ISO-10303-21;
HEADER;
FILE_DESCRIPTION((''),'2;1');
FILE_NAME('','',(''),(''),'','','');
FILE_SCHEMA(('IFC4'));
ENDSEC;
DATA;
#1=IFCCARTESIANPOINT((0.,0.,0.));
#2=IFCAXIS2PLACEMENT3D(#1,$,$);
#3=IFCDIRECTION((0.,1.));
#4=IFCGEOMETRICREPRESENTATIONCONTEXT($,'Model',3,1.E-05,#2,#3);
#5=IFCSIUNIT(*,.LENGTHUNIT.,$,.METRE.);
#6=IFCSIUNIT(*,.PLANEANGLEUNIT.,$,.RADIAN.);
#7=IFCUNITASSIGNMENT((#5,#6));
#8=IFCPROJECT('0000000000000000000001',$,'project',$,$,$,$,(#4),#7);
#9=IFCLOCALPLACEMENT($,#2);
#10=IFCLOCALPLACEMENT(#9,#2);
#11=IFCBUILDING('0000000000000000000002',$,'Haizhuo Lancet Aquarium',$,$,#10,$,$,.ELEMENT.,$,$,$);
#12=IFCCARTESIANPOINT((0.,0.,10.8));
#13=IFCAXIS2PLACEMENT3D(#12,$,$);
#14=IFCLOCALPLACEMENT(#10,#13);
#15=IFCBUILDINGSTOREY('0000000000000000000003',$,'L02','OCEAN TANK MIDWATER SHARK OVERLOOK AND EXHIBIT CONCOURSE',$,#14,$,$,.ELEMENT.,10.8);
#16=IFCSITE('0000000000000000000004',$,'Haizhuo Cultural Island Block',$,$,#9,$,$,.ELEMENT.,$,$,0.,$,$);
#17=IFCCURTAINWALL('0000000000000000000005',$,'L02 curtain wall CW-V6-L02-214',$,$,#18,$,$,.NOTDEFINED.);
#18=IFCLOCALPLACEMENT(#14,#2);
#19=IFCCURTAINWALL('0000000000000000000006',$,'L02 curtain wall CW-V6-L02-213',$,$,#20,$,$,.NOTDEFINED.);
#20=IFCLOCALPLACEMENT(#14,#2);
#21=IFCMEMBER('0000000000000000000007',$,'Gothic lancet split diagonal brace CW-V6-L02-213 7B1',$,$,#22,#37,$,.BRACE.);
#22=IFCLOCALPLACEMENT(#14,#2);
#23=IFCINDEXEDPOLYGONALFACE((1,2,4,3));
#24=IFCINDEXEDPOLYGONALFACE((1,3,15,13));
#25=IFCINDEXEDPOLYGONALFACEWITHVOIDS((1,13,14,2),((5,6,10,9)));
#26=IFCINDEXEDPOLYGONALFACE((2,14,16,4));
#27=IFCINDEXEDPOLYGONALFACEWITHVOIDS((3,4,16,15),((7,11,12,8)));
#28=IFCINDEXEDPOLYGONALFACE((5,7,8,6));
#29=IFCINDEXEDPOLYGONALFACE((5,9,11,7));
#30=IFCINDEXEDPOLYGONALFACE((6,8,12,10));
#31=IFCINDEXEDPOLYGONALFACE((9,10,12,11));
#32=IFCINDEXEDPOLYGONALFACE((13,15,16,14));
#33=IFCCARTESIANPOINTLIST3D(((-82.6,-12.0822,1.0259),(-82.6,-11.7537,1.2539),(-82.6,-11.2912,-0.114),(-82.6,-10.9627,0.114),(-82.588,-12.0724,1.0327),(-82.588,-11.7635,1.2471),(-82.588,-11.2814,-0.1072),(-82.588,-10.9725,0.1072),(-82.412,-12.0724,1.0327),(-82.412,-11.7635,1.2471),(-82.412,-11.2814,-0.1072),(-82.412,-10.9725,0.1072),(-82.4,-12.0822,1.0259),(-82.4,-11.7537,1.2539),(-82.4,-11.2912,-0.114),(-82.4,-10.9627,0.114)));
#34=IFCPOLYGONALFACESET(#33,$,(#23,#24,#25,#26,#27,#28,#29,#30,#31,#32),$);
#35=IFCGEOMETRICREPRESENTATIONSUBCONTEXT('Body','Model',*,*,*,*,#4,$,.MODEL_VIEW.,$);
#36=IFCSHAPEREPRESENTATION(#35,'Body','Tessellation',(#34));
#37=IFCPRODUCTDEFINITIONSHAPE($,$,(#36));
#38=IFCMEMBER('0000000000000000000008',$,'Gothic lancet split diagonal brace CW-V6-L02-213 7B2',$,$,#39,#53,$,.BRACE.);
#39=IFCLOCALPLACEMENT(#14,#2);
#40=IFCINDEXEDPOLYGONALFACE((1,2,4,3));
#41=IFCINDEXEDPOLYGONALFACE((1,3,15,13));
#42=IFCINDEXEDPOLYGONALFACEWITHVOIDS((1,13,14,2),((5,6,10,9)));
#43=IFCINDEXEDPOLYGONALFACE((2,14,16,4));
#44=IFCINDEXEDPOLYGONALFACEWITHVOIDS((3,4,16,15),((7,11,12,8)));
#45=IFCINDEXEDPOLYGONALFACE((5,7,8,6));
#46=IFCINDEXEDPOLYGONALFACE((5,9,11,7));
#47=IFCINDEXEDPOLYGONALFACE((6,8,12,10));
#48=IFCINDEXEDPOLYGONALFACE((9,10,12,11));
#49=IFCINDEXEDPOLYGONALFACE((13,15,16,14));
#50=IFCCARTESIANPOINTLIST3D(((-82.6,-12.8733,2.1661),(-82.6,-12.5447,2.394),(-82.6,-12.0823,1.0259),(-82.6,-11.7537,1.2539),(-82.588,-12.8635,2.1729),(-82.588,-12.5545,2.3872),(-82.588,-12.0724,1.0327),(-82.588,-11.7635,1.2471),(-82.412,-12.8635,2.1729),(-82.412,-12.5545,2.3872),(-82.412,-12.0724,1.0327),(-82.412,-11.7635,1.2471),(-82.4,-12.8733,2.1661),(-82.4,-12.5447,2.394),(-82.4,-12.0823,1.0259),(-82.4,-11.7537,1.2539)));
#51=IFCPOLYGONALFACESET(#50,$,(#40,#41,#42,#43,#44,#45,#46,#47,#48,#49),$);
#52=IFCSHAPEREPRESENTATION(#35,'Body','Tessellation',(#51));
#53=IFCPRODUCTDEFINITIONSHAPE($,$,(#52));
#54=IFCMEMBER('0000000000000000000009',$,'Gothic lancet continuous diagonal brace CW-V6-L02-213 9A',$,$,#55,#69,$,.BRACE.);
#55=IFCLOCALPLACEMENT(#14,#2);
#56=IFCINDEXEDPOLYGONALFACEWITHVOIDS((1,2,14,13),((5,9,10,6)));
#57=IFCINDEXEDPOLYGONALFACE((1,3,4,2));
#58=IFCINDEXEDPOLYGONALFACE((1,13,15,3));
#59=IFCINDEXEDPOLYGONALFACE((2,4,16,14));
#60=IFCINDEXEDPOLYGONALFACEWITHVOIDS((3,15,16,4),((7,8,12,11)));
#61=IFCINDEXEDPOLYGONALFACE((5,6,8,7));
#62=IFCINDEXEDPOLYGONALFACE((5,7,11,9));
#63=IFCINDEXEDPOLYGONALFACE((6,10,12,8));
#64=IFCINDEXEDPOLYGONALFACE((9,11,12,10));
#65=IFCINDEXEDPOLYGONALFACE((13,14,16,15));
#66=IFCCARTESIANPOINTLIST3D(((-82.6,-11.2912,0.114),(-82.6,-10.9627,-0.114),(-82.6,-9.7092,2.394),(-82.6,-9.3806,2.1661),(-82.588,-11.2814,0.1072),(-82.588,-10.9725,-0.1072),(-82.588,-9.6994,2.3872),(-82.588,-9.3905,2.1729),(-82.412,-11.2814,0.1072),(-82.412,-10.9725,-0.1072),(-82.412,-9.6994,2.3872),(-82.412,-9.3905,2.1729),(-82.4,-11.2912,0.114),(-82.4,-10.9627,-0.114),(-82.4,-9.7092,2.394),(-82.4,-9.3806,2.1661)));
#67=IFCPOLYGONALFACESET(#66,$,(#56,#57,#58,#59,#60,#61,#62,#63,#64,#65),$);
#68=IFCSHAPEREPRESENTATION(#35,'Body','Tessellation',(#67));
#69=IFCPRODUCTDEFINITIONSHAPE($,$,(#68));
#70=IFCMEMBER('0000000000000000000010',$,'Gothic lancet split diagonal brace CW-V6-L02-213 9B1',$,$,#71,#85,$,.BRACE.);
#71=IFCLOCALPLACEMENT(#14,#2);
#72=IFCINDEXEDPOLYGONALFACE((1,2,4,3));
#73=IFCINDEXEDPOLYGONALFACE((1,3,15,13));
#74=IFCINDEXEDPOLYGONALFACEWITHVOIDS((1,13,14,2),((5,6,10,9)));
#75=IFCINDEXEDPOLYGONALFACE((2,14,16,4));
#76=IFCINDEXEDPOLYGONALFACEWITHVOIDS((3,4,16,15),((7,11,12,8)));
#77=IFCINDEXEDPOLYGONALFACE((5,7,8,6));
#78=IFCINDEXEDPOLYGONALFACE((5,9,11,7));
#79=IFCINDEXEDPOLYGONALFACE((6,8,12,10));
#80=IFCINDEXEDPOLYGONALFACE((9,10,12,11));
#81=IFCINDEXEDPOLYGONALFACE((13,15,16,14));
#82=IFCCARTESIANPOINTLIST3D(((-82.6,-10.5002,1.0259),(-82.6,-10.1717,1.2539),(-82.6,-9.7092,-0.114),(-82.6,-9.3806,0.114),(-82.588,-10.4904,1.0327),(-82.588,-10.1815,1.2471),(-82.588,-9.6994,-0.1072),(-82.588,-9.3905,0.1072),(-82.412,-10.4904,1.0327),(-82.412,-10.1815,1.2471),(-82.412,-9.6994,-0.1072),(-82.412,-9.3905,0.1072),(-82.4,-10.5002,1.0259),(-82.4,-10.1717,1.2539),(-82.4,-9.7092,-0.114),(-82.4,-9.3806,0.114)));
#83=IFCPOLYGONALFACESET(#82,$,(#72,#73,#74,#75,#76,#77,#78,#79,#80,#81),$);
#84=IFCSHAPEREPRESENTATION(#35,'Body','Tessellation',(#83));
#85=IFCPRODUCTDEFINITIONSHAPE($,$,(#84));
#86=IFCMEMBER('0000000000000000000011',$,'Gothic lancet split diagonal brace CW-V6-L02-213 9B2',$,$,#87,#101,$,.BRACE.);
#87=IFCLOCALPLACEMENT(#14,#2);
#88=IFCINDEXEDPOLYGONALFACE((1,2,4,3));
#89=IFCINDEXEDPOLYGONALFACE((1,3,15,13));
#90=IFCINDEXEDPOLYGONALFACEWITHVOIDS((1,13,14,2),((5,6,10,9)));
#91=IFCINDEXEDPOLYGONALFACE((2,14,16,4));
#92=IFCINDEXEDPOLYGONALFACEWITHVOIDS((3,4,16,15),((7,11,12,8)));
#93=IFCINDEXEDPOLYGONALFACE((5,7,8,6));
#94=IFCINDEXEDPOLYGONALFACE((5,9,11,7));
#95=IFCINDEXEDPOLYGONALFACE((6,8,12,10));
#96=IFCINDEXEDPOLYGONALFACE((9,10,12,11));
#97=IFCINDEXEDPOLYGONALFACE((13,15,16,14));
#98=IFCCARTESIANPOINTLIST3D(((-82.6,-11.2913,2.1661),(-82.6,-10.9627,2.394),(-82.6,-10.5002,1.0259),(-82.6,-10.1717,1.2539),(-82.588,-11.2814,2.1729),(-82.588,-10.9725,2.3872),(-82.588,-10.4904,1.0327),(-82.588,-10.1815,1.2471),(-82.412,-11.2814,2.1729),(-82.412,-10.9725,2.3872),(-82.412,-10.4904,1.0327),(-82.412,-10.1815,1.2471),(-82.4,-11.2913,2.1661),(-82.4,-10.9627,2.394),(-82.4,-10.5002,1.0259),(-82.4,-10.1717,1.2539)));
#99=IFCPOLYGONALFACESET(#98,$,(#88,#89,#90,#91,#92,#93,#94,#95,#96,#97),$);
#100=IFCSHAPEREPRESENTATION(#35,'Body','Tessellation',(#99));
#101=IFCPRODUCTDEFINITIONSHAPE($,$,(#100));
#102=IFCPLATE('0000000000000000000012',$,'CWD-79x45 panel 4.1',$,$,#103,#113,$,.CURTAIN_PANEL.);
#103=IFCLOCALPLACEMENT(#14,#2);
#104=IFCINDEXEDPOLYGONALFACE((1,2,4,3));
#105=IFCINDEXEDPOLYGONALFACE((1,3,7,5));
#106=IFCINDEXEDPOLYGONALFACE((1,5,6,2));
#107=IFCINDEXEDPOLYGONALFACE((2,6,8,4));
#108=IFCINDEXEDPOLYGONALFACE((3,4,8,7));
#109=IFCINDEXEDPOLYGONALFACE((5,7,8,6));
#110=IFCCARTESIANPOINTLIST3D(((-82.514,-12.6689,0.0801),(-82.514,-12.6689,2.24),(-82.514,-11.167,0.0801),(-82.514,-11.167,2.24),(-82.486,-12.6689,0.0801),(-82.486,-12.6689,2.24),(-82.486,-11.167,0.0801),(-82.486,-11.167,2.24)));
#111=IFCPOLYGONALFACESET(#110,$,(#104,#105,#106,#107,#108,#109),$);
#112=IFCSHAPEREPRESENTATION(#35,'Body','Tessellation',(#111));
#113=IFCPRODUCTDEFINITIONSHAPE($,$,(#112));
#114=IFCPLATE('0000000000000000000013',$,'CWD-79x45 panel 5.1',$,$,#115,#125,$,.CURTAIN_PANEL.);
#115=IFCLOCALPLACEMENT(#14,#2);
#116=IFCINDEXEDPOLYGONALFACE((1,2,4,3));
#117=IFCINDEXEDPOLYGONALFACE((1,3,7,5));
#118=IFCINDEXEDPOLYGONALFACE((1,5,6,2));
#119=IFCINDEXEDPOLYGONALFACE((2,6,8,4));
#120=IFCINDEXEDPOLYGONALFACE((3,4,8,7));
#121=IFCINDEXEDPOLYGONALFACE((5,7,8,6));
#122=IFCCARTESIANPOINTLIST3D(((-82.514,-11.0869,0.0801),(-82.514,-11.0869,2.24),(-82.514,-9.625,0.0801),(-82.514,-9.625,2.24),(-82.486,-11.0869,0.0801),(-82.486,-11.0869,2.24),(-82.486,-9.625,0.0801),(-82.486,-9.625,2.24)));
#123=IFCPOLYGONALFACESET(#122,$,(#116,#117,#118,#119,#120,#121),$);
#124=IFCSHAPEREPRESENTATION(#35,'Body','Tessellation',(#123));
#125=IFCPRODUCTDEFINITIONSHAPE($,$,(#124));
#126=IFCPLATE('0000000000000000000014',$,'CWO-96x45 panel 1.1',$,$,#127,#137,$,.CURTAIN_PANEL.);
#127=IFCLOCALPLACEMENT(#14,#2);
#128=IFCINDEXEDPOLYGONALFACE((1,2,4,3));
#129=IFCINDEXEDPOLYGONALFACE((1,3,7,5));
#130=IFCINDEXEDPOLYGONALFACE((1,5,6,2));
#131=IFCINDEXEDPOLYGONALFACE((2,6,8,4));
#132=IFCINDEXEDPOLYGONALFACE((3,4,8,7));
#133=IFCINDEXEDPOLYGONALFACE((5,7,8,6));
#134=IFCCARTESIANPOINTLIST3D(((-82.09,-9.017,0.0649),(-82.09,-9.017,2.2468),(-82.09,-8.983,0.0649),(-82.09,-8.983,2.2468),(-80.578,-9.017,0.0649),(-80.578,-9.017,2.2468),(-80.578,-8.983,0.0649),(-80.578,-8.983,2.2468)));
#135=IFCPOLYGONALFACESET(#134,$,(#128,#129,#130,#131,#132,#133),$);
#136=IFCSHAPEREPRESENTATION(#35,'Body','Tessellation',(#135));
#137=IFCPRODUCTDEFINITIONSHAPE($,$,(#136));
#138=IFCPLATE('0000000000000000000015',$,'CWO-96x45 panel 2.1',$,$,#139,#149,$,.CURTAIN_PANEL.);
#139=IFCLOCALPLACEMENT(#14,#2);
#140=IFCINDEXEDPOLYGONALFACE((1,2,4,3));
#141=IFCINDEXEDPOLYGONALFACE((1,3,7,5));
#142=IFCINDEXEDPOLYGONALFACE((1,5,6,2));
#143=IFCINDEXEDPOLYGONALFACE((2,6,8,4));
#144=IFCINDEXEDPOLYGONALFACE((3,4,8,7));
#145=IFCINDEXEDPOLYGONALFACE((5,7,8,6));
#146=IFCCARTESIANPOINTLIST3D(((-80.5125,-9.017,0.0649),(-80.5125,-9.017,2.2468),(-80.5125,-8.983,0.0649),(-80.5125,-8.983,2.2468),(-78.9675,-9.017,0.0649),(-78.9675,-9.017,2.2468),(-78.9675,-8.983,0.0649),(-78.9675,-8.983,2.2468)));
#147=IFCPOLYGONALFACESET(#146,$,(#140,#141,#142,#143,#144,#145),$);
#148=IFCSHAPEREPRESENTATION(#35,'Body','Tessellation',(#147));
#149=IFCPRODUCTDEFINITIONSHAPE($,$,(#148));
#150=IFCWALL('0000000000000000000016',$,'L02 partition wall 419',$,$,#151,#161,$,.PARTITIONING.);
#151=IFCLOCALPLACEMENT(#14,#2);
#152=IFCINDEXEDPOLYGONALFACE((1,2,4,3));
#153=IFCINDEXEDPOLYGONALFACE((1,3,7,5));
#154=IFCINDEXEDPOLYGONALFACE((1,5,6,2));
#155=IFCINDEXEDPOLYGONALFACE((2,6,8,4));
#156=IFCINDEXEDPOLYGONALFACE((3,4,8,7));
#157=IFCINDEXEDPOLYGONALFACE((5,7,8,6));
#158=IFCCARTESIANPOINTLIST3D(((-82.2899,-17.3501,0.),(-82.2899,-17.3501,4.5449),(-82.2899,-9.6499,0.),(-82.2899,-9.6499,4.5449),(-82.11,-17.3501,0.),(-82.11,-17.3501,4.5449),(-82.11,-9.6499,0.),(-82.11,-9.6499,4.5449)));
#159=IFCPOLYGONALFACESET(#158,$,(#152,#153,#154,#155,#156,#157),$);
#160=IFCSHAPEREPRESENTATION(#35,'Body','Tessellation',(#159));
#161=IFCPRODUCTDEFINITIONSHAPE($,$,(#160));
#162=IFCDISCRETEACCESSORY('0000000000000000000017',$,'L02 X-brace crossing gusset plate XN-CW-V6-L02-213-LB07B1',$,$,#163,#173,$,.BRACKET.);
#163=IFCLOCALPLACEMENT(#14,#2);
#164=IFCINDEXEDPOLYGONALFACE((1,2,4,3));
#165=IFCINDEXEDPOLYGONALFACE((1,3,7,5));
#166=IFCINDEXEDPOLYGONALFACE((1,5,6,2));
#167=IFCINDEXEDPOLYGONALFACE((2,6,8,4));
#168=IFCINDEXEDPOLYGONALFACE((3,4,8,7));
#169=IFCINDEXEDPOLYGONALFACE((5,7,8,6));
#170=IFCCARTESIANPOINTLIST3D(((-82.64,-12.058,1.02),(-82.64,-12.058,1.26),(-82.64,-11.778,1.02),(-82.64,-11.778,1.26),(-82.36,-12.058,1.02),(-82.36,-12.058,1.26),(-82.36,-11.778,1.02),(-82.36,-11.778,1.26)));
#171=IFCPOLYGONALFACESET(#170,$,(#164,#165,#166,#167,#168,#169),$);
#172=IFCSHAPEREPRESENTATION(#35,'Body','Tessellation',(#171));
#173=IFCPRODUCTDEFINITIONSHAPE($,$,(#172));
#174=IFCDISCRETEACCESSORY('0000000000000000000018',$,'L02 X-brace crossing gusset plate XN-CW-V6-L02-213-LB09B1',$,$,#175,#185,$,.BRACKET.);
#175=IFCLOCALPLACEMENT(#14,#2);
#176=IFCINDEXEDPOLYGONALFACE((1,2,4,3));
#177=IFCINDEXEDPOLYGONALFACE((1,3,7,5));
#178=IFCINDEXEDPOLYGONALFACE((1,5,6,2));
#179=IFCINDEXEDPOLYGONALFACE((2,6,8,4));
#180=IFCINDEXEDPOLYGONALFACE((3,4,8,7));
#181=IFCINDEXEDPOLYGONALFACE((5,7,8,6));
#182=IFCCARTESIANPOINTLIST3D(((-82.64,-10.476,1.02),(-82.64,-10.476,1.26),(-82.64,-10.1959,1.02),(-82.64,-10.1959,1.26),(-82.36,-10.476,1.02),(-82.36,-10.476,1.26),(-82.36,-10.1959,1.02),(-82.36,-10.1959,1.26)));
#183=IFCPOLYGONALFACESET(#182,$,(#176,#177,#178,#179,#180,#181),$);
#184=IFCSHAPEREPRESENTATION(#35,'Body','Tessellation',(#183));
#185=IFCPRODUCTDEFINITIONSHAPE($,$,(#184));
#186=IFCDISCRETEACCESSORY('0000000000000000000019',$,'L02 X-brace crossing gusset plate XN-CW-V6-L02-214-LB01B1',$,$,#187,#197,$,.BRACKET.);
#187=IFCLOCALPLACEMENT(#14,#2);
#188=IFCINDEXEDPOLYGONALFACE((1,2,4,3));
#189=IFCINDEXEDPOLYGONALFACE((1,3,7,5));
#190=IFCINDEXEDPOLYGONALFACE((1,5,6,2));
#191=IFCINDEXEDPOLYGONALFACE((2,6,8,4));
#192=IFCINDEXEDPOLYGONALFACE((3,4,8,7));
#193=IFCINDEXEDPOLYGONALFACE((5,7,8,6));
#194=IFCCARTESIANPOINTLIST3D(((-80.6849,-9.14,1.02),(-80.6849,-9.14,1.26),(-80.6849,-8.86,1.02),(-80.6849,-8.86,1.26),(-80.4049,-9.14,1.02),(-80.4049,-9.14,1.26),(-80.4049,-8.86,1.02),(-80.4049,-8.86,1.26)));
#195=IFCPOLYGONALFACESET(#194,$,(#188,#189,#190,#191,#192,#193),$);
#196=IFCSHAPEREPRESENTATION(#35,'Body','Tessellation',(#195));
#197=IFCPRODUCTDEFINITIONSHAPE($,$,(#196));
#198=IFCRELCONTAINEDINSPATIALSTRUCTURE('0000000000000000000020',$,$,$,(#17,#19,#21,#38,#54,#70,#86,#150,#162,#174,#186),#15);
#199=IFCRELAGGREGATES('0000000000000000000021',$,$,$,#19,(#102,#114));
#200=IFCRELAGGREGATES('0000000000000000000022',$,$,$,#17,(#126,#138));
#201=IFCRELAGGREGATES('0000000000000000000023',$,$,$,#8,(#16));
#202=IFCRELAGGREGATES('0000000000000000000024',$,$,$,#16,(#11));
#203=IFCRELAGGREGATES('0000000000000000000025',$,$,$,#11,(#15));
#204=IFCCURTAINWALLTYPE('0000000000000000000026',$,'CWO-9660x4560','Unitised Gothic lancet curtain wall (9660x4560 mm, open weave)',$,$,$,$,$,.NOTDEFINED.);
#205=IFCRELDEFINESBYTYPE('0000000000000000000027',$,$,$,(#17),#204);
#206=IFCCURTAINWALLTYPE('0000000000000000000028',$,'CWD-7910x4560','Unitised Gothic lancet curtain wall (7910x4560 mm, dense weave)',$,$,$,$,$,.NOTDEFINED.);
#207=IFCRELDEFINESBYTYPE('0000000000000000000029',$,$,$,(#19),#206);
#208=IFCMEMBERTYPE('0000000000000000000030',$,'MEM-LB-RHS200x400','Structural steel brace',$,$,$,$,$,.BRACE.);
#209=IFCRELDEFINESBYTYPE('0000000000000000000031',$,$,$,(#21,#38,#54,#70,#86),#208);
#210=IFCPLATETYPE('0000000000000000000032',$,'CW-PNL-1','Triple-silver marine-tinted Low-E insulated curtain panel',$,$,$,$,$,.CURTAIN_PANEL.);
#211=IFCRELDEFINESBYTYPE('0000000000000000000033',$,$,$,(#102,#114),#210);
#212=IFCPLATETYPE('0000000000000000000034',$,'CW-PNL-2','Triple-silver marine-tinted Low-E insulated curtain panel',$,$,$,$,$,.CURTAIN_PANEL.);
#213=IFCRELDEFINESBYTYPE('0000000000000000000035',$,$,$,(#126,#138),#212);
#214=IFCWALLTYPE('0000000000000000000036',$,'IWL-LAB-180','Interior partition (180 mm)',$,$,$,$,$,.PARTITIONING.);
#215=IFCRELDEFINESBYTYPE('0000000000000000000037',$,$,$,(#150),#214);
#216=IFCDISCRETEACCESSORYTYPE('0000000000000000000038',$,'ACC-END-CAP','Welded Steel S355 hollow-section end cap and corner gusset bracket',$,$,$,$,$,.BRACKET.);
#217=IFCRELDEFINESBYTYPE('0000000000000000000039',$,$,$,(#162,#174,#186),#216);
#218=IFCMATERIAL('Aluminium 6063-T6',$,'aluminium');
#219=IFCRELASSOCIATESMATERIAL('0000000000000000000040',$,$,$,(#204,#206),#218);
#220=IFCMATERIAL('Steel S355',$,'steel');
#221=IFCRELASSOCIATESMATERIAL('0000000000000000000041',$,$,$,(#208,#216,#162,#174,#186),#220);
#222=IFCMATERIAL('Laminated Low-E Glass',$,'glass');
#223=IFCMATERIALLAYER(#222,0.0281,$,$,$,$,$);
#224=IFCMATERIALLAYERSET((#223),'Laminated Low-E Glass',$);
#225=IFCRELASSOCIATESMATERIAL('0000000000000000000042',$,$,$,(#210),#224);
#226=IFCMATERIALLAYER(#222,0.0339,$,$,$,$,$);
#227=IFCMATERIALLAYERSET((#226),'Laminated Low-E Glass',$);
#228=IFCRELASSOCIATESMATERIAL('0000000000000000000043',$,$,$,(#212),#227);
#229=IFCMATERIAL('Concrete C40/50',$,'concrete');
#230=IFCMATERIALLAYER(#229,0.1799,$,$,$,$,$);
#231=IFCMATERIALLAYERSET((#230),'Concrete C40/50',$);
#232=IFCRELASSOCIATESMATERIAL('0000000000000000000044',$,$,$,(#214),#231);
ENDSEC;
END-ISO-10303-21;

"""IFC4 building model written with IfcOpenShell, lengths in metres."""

from ifc_helpers import new_model, si_unit, direction, frame, frame_2d, origin, origin_2d, place, context, subcontext, project, spatial, rectangle, hollow_rectangle, extrude, material, layer, layer_set, material_profile, profile_set, type_object, element, aggregate, save


model = new_model("IFC4")

# Units and contexts
model_context = context("Model", 3, precision=1e-05, world=origin(), true_north=direction((0.0, 1.0)))
body_context = subcontext(model_context, "Body", "Model", "MODEL_VIEW")
ifc_project = project(units=[si_unit("LENGTHUNIT", "METRE"), si_unit("PLANEANGLEUNIT", "RADIAN")], contexts=[model_context])

# Site, building, storey
site_placement = place(None, origin())
site = spatial("IfcSite", under=ifc_project, at=site_placement, Name="Haizhuo Cultural Island Block", CompositionType="ELEMENT", RefElevation=0.0)
building_placement = place(site_placement, origin())
building = spatial("IfcBuilding", under=site, at=building_placement, Name="Haizhuo Lancet Aquarium", CompositionType="ELEMENT")
storey_placement = place(building_placement, frame((0.0, 0.0, 10.8)))
storey = spatial("IfcBuildingStorey", under=building, at=storey_placement, Name="L02", Description="OCEAN TANK MIDWATER SHARK OVERLOOK AND EXHIBIT CONCOURSE", CompositionType="ELEMENT", Elevation=10.8)

# Curtain walls
ifc_material_1 = material(Name="Aluminium 6063-T6", Category="aluminium")
curtain_wall_type_1 = type_object("IfcCurtainWallType", Name="CWO-9660x4560", Description="Unitised Gothic lancet curtain wall (9660x4560 mm, open weave)", PredefinedType="NOTDEFINED", material=ifc_material_1)
curtain_wall_1_placement = place(storey_placement, origin())
curtain_wall_1 = element("IfcCurtainWall", 1, at=curtain_wall_1_placement, inside=storey, type_object=curtain_wall_type_1, Name="L02 curtain wall CW-V6-L02-214", PredefinedType="NOTDEFINED")
curtain_wall_type_2 = type_object("IfcCurtainWallType", Name="CWD-7910x4560", Description="Unitised Gothic lancet curtain wall (7910x4560 mm, dense weave)", PredefinedType="NOTDEFINED", material=ifc_material_1)
curtain_wall_2_placement = place(storey_placement, origin())
curtain_wall_2 = element("IfcCurtainWall", 2, at=curtain_wall_2_placement, inside=storey, type_object=curtain_wall_type_2, Name="L02 curtain wall CW-V6-L02-213", PredefinedType="NOTDEFINED")

# Members
ifc_material_2 = material(Name="Steel S355", Category="steel")
ifc_material_profile_1 = material_profile(ifc_material_2, hollow_rectangle(XDim=0.2, YDim=0.3999, WallThickness=0.012, at=origin_2d()), Name="RHS 200x400x12")
ifc_profile_set_1 = profile_set([ifc_material_profile_1], Name="Steel S355")
member_type_1 = type_object("IfcMemberType", Name="MEM-LB-RHS200x400", Description="Structural steel brace", PredefinedType="BRACE", material=ifc_profile_set_1)
member_1_placement = place(storey_placement, frame((-82.5, -11.127, 0.0), z_axis=(0.0, -0.570115, 0.821565), x_axis=(1.0, 0.0, 0.0)))
element("IfcMember", 3, at=member_1_placement, inside=storey, type_object=member_type_1, Name="Gothic lancet split diagonal brace CW-V6-L02-213 7B1", PredefinedType="BRACE", context=body_context, shape_type="SweptSolid", body=[
    extrude(hollow_rectangle(XDim=0.2, YDim=0.3999, WallThickness=0.012, at=origin_2d()), origin(), (0.0, 0.0, 1.0), 1.3875),
])
member_2_placement = place(storey_placement, frame((-82.5, -11.918, 1.1399), z_axis=(0.0, -0.570033, 0.821622), x_axis=(1.0, 0.0, 0.0)))
element("IfcMember", 4, at=member_2_placement, inside=storey, type_object=member_type_1, Name="Gothic lancet split diagonal brace CW-V6-L02-213 7B2", PredefinedType="BRACE", context=body_context, shape_type="SweptSolid", body=[
    extrude(hollow_rectangle(XDim=0.2, YDim=0.3999, WallThickness=0.012, at=origin_2d()), origin(), (0.0, 0.0, 1.0), 1.3877),
])
member_3_placement = place(storey_placement, frame((-82.5, -11.127, 0.0), z_axis=(0.0, 0.570074, 0.821593), x_axis=(-1.0, 0.0, 0.0)))
element("IfcMember", 5, at=member_3_placement, inside=storey, type_object=member_type_1, Name="Gothic lancet continuous diagonal brace CW-V6-L02-213 9A", PredefinedType="BRACE", context=body_context, shape_type="SweptSolid", body=[
    extrude(hollow_rectangle(XDim=0.2, YDim=0.3999, WallThickness=0.012, at=origin_2d()), origin(), (0.0, 0.0, 1.0), 2.7751),
])
member_4_placement = place(storey_placement, frame((-82.5, -9.5449, 0.0), z_axis=(0.0, -0.570115, 0.821565), x_axis=(1.0, 0.0, 0.0)))
element("IfcMember", 6, at=member_4_placement, inside=storey, type_object=member_type_1, Name="Gothic lancet split diagonal brace CW-V6-L02-213 9B1", PredefinedType="BRACE", context=body_context, shape_type="SweptSolid", body=[
    extrude(hollow_rectangle(XDim=0.2, YDim=0.3999, WallThickness=0.012, at=origin_2d()), origin(), (0.0, 0.0, 1.0), 1.3875),
])
member_5_placement = place(storey_placement, frame((-82.5, -10.3359, 1.1399), z_axis=(0.0, -0.570033, 0.821622), x_axis=(1.0, 0.0, 0.0)))
element("IfcMember", 7, at=member_5_placement, inside=storey, type_object=member_type_1, Name="Gothic lancet split diagonal brace CW-V6-L02-213 9B2", PredefinedType="BRACE", context=body_context, shape_type="SweptSolid", body=[
    extrude(hollow_rectangle(XDim=0.2, YDim=0.3999, WallThickness=0.012, at=origin_2d()), origin(), (0.0, 0.0, 1.0), 1.3877),
])

# Plates
ifc_material_3 = material(Name="Laminated Low-E Glass", Category="glass")
ifc_layer_1 = layer(ifc_material_3, 0.0281)
ifc_layer_set_1 = layer_set([ifc_layer_1], Name="Laminated Low-E Glass")
plate_type_1 = type_object("IfcPlateType", Name="CW-PNL-1", Description="Triple-silver marine-tinted Low-E insulated curtain panel", PredefinedType="CURTAIN_PANEL", material=ifc_layer_set_1)
plate_1_placement = place(storey_placement, frame((-82.5, -11.918, 0.0801), z_axis=(0.0, 0.0, 1.0), x_axis=(0.0, 1.0, 0.0)))
plate_1 = element("IfcPlate", 8, at=plate_1_placement, type_object=plate_type_1, Name="CWD-79x45 panel 4.1", PredefinedType="CURTAIN_PANEL", context=body_context, shape_type="SweptSolid", body=[
    extrude(rectangle(XDim=1.502, YDim=0.0281, at=origin_2d()), origin(), (0.0, 0.0, 1.0), 2.1599),
])
plate_2_placement = place(storey_placement, frame((-82.5, -10.356, 0.0801), z_axis=(0.0, 0.0, 1.0), x_axis=(0.0, 1.0, 0.0)))
plate_2 = element("IfcPlate", 9, at=plate_2_placement, type_object=plate_type_1, Name="CWD-79x45 panel 5.1", PredefinedType="CURTAIN_PANEL", context=body_context, shape_type="SweptSolid", body=[
    extrude(rectangle(XDim=1.4619, YDim=0.0281, at=origin_2d()), origin(), (0.0, 0.0, 1.0), 2.1599),
])
aggregate(curtain_wall_2, [plate_1, plate_2])
ifc_layer_2 = layer(ifc_material_3, 0.0339)
ifc_layer_set_2 = layer_set([ifc_layer_2], Name="Laminated Low-E Glass")
plate_type_2 = type_object("IfcPlateType", Name="CW-PNL-2", Description="Triple-silver marine-tinted Low-E insulated curtain panel", PredefinedType="CURTAIN_PANEL", material=ifc_layer_set_2)
plate_3_placement = place(storey_placement, frame((-81.334, -9.0, 0.0649), z_axis=(0.0, 0.0, 1.0), x_axis=(1.0, 0.0, 0.0)))
plate_3 = element("IfcPlate", 10, at=plate_3_placement, type_object=plate_type_2, Name="CWO-96x45 panel 1.1", PredefinedType="CURTAIN_PANEL", context=body_context, shape_type="SweptSolid", body=[
    extrude(rectangle(XDim=1.512, YDim=0.0339, at=origin_2d()), origin(), (0.0, 0.0, 1.0), 2.1819),
])
plate_4_placement = place(storey_placement, frame((-79.74, -9.0, 0.0649), z_axis=(0.0, 0.0, 1.0), x_axis=(1.0, 0.0, 0.0)))
plate_4 = element("IfcPlate", 11, at=plate_4_placement, type_object=plate_type_2, Name="CWO-96x45 panel 2.1", PredefinedType="CURTAIN_PANEL", context=body_context, shape_type="SweptSolid", body=[
    extrude(rectangle(XDim=1.5449, YDim=0.0339, at=origin_2d()), origin(), (0.0, 0.0, 1.0), 2.1819),
])
aggregate(curtain_wall_1, [plate_3, plate_4])

# Wall
ifc_material_4 = material(Name="Concrete C40/50", Category="concrete")
ifc_layer_3 = layer(ifc_material_4, 0.1799)
ifc_layer_set_3 = layer_set([ifc_layer_3], Name="Concrete C40/50")
wall_type = type_object("IfcWallType", Name="IWL-LAB-180", Description="Interior partition (180 mm)", PredefinedType="PARTITIONING", material=ifc_layer_set_3)
wall_placement = place(storey_placement, frame((-82.2, -9.6499, 0.0), z_axis=(0.0, 0.0, 1.0), x_axis=(0.0, -1.0, 0.0)))
element("IfcWall", 12, at=wall_placement, inside=storey, type_object=wall_type, Name="L02 partition wall 419", PredefinedType="PARTITIONING", context=body_context, shape_type="SweptSolid", body=[
    extrude(rectangle(XDim=7.7002, YDim=0.1799, at=frame_2d((3.8501, 0.0))), origin(), (0.0, 0.0, 1.0), 4.5449),
])

# Discrete accessories
discrete_accessory_type = type_object("IfcDiscreteAccessoryType", Name="ACC-END-CAP", Description="Welded Steel S355 hollow-section end cap and corner gusset bracket", PredefinedType="BRACKET", material=ifc_material_2)
for number, where, z_axis, x_axis, name in (
    (13, (-82.5, -11.918, 1.02), (0.0, 0.0, 1.0), (1.0, 0.0, 0.0), "L02 X-brace crossing gusset plate XN-CW-V6-L02-213-LB07B1"),
    (14, (-82.5, -10.3359, 1.02), (0.0, 0.0, 1.0), (1.0, 0.0, 0.0), "L02 X-brace crossing gusset plate XN-CW-V6-L02-213-LB09B1"),
    (15, (-80.5449, -9.0, 1.02), (0.0, 0.0, 1.0), (1.0, 0.0, 0.0), "L02 X-brace crossing gusset plate XN-CW-V6-L02-214-LB01B1"),
):
    element("IfcDiscreteAccessory", number, at=place(storey_placement, frame(where, z_axis=z_axis, x_axis=x_axis)), inside=storey, type_object=discrete_accessory_type, material=ifc_material_2, Name=name, PredefinedType="BRACKET", context=body_context, shape_type="SweptSolid", body=[
        extrude(rectangle(XDim=0.28, YDim=0.28, at=origin_2d()), origin(), (0.0, 0.0, 1.0), 0.24),
    ])

save(model, "model.ifc")
